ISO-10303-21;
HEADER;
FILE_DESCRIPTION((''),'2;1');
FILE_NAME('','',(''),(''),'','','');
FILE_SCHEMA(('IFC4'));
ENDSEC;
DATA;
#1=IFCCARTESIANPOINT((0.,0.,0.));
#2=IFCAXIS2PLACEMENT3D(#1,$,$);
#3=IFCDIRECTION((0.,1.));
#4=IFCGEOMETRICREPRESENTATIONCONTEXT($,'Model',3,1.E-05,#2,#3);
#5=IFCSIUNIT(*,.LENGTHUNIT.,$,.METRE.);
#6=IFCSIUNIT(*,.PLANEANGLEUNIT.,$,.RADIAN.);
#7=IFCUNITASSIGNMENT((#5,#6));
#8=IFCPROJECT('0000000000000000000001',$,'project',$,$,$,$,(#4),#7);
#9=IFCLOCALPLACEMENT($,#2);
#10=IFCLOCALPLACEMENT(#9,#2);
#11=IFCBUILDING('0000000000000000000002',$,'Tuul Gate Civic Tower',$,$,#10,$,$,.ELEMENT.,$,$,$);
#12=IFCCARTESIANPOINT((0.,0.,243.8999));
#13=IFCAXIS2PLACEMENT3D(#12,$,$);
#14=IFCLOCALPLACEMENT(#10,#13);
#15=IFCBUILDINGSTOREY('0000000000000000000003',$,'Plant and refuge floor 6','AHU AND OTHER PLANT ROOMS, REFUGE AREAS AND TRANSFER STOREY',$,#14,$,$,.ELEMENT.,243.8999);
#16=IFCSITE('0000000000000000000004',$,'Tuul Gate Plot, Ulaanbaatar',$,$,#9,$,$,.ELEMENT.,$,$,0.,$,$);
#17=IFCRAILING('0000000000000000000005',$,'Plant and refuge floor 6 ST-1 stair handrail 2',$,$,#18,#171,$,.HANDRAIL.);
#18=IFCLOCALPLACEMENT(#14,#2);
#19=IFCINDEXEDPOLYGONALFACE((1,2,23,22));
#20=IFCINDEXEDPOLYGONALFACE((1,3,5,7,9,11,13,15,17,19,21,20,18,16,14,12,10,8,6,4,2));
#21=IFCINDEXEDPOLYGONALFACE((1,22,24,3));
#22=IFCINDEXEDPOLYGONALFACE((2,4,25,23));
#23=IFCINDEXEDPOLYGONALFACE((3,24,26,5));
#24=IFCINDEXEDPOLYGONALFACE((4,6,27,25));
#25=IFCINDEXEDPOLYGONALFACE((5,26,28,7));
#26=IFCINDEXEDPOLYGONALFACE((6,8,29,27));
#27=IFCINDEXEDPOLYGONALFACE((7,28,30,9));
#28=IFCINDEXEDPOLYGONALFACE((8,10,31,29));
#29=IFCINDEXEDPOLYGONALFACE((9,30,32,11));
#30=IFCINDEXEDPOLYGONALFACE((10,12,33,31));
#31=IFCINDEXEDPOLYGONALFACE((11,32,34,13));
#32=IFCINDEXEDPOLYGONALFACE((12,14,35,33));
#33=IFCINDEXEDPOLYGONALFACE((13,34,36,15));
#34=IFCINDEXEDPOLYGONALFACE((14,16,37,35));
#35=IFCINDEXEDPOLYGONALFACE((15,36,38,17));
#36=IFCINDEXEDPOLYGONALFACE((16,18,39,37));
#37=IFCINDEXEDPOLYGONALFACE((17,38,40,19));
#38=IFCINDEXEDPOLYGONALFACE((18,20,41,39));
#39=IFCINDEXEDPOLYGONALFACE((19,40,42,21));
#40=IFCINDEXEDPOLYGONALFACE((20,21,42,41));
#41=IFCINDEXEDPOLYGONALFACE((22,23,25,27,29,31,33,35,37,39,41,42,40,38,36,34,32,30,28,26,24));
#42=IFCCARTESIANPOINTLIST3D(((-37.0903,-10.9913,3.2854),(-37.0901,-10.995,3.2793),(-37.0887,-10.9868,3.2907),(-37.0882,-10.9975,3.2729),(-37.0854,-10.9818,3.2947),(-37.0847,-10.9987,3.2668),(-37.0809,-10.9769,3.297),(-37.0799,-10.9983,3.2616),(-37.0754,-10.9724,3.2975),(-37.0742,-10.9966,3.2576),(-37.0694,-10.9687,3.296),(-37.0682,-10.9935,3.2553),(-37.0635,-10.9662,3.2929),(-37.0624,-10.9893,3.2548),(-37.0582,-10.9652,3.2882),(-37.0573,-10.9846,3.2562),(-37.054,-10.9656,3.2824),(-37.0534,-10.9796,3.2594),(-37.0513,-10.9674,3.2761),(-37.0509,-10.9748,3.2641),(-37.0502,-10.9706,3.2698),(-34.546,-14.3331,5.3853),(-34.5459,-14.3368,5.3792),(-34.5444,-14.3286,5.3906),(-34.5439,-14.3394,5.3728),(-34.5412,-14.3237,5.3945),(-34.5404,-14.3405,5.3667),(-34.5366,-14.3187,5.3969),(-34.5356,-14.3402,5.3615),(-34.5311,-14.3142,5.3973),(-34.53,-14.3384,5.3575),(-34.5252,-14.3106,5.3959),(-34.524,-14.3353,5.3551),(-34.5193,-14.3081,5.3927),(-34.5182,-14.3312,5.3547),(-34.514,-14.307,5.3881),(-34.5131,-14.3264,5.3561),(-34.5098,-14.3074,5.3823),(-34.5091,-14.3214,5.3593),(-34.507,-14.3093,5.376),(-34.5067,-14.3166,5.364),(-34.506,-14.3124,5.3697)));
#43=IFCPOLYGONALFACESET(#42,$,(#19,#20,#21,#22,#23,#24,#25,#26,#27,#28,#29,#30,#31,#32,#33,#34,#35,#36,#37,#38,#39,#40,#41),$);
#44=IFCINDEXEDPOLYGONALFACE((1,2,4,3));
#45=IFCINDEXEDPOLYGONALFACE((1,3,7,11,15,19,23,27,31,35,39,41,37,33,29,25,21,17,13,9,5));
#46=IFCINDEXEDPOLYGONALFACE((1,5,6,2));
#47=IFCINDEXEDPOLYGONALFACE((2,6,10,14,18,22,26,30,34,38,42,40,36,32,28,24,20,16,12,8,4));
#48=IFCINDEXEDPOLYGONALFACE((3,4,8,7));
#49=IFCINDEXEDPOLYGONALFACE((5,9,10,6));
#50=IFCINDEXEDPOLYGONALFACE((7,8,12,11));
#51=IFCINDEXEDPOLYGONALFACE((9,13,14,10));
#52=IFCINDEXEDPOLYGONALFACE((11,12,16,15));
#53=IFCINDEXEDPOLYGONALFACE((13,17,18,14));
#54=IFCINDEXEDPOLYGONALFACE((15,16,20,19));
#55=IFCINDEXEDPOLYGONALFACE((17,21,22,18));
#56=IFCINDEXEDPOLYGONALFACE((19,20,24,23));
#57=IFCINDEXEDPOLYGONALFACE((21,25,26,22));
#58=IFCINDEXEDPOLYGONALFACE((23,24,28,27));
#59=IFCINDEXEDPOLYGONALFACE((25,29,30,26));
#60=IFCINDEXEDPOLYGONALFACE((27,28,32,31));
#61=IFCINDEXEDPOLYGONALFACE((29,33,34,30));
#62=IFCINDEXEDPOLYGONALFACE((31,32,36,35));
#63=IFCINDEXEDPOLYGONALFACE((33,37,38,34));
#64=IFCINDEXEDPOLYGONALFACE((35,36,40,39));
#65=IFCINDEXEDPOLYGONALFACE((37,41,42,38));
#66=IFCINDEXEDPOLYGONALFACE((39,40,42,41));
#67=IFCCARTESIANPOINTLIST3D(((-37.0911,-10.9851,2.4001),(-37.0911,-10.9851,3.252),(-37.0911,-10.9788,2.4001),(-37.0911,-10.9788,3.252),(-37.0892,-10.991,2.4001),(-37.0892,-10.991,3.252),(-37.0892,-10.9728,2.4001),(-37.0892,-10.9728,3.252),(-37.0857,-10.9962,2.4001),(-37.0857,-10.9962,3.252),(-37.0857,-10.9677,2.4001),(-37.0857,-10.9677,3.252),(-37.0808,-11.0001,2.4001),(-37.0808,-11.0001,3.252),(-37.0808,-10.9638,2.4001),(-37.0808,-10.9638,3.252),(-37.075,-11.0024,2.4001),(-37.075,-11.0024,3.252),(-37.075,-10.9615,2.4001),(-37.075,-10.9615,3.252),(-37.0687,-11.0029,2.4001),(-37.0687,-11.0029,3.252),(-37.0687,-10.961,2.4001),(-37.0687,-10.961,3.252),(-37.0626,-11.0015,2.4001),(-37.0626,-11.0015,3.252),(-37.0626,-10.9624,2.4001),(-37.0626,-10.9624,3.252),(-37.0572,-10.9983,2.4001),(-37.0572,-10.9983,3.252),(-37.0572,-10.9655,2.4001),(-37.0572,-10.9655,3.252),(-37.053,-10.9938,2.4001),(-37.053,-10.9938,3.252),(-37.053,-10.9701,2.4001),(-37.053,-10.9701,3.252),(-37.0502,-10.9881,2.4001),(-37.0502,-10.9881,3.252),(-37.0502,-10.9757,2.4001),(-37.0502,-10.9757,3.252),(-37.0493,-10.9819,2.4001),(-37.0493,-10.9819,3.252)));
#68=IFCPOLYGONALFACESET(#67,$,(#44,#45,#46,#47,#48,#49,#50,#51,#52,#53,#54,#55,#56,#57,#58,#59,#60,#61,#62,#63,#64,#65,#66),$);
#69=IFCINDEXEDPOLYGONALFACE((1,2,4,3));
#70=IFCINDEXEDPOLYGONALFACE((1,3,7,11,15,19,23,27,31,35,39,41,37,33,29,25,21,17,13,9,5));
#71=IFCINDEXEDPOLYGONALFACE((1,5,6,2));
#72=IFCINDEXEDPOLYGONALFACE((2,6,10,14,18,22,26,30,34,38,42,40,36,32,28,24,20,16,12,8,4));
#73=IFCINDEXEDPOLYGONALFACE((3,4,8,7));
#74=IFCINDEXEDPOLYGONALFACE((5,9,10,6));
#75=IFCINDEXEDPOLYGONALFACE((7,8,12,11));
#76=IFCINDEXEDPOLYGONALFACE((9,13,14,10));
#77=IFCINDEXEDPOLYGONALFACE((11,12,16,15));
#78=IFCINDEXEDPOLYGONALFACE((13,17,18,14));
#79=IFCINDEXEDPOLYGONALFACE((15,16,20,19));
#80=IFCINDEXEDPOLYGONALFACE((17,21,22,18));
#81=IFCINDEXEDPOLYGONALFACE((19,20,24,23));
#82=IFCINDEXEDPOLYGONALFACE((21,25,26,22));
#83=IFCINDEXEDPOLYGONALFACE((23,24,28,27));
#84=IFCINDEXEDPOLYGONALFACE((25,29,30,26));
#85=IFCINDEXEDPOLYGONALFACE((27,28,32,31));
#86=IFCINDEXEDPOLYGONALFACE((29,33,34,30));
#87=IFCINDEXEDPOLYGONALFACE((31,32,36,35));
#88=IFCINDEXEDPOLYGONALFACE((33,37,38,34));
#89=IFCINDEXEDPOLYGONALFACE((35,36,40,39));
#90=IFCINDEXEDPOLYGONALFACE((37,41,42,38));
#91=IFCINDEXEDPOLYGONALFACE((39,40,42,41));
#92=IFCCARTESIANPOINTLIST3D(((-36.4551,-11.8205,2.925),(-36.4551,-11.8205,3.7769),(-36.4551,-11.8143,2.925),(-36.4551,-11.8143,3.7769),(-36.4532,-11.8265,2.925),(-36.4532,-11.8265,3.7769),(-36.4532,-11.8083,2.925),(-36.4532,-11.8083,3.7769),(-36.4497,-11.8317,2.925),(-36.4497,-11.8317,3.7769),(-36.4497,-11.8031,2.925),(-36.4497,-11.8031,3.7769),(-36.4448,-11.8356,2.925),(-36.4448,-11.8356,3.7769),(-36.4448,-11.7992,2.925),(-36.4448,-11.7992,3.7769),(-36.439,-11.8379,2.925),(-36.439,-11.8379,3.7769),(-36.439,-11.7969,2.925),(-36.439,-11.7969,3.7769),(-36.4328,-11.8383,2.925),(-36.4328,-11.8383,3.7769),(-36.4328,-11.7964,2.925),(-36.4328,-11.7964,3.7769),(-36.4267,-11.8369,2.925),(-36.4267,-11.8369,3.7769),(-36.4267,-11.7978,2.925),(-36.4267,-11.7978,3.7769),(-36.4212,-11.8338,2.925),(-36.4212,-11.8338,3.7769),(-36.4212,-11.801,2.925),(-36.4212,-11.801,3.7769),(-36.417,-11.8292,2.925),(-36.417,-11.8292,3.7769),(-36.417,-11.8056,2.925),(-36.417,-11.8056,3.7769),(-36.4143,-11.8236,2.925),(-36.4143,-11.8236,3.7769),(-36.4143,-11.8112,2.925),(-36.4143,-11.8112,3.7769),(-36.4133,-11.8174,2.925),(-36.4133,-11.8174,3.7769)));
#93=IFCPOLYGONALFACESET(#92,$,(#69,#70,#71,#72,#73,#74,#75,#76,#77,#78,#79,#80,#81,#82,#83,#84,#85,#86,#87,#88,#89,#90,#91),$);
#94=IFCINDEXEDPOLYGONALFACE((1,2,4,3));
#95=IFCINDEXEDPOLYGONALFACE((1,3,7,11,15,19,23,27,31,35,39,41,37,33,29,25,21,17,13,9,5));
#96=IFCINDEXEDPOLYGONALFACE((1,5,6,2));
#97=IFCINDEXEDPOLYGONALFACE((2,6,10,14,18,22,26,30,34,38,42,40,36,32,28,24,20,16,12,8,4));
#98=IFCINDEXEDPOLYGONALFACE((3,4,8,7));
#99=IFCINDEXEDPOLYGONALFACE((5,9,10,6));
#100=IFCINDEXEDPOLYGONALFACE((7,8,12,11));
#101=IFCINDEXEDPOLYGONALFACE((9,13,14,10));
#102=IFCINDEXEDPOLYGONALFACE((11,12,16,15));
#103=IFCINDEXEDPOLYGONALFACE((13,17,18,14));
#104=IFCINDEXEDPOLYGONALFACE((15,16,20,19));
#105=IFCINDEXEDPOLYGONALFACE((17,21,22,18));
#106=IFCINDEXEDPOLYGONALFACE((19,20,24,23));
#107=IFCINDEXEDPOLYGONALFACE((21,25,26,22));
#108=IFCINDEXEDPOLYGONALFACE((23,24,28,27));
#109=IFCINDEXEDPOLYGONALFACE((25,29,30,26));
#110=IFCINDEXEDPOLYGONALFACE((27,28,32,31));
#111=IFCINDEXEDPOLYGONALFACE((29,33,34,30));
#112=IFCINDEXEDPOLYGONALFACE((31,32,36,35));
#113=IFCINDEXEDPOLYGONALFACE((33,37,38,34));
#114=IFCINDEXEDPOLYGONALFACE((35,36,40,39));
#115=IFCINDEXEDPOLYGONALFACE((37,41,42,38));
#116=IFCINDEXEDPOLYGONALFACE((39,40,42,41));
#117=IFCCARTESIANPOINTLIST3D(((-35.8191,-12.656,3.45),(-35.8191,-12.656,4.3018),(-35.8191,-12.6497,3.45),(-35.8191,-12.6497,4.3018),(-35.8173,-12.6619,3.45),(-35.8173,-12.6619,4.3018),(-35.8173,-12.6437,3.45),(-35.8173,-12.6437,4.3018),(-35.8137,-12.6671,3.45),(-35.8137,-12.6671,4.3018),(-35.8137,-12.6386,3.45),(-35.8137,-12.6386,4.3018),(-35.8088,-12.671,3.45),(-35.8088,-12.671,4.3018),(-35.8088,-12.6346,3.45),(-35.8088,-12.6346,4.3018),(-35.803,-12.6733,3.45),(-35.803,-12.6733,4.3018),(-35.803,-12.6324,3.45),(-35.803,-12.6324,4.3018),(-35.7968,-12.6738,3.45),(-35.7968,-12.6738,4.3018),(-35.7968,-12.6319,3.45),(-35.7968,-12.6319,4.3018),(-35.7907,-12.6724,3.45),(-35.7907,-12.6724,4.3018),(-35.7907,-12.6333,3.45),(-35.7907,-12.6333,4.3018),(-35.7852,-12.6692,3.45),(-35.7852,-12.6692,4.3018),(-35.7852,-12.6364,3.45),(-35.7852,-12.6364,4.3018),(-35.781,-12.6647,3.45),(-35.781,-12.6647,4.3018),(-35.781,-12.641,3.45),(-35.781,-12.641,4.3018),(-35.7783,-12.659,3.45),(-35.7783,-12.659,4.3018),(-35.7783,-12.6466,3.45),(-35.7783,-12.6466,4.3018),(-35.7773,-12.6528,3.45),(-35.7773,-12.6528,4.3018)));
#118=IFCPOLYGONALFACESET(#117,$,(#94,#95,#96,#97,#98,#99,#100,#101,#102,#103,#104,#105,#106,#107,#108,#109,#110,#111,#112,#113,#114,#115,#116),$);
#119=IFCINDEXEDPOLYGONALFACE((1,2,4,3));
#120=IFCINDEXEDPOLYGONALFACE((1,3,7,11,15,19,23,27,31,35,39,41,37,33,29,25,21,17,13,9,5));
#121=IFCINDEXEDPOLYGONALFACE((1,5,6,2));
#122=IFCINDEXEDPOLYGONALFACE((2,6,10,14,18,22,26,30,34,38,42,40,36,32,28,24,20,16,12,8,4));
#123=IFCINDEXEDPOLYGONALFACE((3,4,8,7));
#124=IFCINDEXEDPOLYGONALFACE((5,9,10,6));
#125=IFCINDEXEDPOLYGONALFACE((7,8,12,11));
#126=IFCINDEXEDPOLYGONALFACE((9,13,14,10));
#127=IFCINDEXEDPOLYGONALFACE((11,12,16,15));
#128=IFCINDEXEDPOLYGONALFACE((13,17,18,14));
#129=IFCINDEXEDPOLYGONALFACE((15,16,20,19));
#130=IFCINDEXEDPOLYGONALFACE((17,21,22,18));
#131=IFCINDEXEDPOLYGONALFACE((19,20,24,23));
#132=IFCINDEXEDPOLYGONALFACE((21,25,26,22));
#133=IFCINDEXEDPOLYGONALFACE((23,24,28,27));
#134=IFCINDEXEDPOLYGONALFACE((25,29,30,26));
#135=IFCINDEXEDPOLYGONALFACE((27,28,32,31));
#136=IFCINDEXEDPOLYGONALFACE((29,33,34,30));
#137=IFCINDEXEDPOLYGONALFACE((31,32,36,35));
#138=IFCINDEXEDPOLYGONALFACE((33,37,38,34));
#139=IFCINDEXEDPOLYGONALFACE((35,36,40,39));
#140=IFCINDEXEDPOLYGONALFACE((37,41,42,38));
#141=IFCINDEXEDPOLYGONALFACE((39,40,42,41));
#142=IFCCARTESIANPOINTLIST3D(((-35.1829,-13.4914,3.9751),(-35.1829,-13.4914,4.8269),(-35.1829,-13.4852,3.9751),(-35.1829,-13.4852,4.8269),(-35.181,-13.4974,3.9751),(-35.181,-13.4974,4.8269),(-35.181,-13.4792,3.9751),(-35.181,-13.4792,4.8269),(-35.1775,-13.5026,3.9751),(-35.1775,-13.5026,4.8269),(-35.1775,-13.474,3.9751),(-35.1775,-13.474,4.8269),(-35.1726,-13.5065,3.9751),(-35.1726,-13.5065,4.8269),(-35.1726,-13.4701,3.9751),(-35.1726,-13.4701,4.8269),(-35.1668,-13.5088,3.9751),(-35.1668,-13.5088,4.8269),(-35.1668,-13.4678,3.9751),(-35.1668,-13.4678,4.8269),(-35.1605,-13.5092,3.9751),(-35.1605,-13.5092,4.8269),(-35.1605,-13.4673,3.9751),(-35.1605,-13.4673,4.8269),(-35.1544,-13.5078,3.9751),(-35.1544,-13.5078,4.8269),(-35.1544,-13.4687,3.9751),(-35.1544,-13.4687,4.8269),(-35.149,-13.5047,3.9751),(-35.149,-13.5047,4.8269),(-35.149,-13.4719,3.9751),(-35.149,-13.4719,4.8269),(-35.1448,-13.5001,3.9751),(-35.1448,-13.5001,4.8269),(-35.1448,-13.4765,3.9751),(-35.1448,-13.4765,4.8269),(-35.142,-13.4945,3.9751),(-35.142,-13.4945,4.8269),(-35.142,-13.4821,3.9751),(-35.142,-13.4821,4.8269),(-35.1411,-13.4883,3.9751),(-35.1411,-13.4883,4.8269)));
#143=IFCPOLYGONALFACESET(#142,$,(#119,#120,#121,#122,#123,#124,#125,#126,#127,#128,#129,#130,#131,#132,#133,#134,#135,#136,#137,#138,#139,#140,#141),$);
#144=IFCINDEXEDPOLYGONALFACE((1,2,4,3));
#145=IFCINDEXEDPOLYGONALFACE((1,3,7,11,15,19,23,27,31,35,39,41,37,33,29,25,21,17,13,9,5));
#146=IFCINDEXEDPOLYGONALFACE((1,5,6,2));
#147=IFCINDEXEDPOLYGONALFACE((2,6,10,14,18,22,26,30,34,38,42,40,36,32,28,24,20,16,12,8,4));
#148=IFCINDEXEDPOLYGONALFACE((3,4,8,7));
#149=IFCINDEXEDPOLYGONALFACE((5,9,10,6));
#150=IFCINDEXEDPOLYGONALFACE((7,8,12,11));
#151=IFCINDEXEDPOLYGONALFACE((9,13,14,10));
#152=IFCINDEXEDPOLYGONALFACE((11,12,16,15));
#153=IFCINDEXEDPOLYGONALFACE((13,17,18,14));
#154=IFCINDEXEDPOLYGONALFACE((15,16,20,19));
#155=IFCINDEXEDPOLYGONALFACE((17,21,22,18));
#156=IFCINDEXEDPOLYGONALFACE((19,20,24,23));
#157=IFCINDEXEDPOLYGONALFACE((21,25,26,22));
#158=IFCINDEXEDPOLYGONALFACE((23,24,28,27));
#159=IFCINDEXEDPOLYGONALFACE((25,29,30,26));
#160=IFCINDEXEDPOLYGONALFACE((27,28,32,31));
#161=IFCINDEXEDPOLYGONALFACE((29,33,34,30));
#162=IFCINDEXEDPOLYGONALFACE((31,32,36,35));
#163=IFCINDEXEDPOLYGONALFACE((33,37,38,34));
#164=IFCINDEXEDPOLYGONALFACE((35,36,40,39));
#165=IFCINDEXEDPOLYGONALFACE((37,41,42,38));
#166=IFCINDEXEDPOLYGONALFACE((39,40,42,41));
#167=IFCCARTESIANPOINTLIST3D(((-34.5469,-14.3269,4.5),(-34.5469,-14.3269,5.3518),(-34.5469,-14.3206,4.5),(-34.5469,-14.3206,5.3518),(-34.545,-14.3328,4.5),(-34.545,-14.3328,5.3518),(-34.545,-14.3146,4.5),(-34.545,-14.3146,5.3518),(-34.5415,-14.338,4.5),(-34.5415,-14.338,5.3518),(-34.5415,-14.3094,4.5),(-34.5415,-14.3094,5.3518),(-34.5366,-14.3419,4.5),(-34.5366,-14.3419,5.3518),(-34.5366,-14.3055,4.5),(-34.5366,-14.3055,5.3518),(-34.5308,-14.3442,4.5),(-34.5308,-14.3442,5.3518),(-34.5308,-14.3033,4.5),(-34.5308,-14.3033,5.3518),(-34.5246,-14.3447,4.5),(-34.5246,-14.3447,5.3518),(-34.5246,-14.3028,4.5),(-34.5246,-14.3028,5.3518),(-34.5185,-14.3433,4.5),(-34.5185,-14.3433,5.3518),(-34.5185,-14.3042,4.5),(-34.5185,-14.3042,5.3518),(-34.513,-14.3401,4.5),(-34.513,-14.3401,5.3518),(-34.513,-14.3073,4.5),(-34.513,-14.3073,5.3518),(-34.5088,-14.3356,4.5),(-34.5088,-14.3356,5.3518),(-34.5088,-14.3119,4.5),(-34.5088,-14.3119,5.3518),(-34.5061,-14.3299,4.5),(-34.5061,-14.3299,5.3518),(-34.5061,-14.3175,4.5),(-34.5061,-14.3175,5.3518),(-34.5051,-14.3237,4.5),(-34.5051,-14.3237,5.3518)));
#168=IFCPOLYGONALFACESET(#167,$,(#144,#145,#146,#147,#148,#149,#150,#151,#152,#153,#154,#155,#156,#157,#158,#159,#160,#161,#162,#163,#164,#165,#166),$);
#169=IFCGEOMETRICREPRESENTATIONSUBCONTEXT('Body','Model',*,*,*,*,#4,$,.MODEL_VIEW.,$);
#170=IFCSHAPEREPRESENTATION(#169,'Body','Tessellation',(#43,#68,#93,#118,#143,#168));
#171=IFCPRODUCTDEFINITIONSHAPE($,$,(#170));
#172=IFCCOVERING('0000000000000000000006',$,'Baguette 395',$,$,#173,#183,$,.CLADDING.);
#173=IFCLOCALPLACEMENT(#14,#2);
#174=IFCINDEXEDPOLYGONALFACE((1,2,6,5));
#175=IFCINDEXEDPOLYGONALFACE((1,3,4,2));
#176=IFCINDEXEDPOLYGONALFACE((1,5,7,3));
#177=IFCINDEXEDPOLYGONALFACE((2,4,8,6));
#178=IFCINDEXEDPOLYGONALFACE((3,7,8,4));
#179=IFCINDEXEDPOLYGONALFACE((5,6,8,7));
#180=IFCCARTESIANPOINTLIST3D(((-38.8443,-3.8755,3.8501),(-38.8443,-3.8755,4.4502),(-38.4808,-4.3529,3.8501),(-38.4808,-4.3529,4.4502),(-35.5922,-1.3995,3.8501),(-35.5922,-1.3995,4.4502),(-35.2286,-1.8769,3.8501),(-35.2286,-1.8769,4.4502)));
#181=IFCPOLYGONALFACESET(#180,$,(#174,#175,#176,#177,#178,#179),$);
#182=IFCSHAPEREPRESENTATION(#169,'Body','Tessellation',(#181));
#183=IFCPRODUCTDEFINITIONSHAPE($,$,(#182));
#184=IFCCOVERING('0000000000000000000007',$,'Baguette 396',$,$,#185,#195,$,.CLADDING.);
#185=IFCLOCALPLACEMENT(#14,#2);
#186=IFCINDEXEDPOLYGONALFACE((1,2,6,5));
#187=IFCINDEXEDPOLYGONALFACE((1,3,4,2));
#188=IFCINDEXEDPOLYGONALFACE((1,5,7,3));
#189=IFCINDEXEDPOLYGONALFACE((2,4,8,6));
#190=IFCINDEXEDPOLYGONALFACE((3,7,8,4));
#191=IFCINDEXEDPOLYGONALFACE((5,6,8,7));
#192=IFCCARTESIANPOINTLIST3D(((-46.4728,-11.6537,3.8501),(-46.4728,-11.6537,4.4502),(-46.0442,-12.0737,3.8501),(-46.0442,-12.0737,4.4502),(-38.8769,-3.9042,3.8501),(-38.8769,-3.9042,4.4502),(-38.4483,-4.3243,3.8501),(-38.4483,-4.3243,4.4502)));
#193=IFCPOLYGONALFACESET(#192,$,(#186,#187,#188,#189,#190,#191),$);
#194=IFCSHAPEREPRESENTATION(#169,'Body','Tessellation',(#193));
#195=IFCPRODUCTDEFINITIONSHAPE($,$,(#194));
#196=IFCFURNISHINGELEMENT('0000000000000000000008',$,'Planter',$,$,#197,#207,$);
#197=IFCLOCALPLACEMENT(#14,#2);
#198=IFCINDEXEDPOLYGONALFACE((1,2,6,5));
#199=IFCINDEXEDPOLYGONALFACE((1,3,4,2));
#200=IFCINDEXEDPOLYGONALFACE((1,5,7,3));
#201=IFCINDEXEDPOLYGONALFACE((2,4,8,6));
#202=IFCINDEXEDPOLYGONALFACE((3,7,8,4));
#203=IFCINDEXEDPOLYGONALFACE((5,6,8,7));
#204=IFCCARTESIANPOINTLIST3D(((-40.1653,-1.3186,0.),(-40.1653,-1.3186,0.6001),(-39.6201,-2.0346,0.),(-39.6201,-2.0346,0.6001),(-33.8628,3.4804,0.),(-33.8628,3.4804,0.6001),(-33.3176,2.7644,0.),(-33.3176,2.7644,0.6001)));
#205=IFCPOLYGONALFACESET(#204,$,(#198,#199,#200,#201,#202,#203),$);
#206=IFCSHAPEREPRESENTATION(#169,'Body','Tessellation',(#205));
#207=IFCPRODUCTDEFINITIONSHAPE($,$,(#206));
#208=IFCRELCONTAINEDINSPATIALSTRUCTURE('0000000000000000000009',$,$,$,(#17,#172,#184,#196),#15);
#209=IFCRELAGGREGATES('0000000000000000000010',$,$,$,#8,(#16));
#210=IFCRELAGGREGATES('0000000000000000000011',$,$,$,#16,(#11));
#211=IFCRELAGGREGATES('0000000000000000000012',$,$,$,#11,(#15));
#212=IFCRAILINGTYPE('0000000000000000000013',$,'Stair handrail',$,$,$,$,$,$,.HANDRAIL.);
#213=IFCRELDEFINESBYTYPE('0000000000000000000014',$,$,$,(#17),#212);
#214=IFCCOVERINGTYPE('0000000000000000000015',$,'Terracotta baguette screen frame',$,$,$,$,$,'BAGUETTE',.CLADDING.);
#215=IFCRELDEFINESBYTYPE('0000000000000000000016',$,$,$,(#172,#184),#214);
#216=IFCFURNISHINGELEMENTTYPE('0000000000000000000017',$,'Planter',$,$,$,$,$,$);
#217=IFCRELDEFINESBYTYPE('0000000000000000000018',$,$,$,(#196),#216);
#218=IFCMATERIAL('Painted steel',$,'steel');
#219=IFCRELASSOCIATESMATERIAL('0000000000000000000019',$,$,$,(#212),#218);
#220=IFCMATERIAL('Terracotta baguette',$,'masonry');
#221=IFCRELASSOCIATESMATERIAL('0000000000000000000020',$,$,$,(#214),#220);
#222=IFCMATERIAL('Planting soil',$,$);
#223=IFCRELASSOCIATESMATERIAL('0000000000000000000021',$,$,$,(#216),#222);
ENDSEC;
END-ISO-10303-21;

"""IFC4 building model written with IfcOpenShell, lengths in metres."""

from ifc_helpers import new_model, si_unit, direction, frame, origin, origin_2d, place, context, subcontext, project, spatial, rectangle, circle, extrude, material, material_profile, profile_set, type_object, element, save


model = new_model("IFC4")

# Units and contexts
model_context = context("Model", 3, precision=1e-05, world=origin(), true_north=direction((0.0, 1.0)))
body_context = subcontext(model_context, "Body", "Model", "MODEL_VIEW")
ifc_project = project(units=[si_unit("LENGTHUNIT", "METRE"), si_unit("PLANEANGLEUNIT", "RADIAN")], contexts=[model_context])

# Site, building, storey
site_placement = place(None, origin())
site = spatial("IfcSite", under=ifc_project, at=site_placement, Name="Tuul Gate Plot, Ulaanbaatar", CompositionType="ELEMENT", RefElevation=0.0)
building_placement = place(site_placement, origin())
building = spatial("IfcBuilding", under=site, at=building_placement, Name="Tuul Gate Civic Tower", CompositionType="ELEMENT")
storey_placement = place(building_placement, frame((0.0, 0.0, 243.8999)))
storey = spatial("IfcBuildingStorey", under=building, at=storey_placement, Name="Plant and refuge floor 6", Description="AHU AND OTHER PLANT ROOMS, REFUGE AREAS AND TRANSFER STOREY", CompositionType="ELEMENT", Elevation=243.8999)

# Railing
ifc_material_1 = material(Name="Painted steel", Category="steel")
railing_type = type_object("IfcRailingType", Name="Stair handrail", PredefinedType="HANDRAIL", material=ifc_material_1)
railing_placement = place(storey_placement, frame((-37.0703, -10.9819, 2.4001)))
element("IfcRailing", 1, at=railing_placement, inside=storey, type_object=railing_type, Name="Plant and refuge floor 6 ST-1 stair handrail 2", PredefinedType="HANDRAIL", context=body_context, shape_type="SweptSolid", body=[
    extrude(circle(Radius=0.0239, at=origin_2d()), frame((0.0, 0.0, 0.876), z_axis=(0.541809, -0.711667, 0.447184), x_axis=(0.795655, 0.605751, 0.0)), (0.0, 0.0, 1.0), 4.6958),
    extrude(circle(Radius=0.021, at=origin_2d()), origin(), (0.0, 0.0, 1.0), 0.8518),
    extrude(circle(Radius=0.021, at=origin_2d()), frame((0.636, -0.8354, 0.5249)), (0.0, 0.0, 1.0), 0.8518),
    extrude(circle(Radius=0.021, at=origin_2d()), frame((1.272, -1.6709, 1.0498)), (0.0, 0.0, 1.0), 0.8518),
    extrude(circle(Radius=0.021, at=origin_2d()), frame((1.9082, -2.5063, 1.575)), (0.0, 0.0, 1.0), 0.8518),
    extrude(circle(Radius=0.021, at=origin_2d()), frame((2.5442, -3.3418, 2.0999)), (0.0, 0.0, 1.0), 0.8518),
])

# Coverings
ifc_material_2 = material(Name="Terracotta baguette", Category="masonry")
ifc_material_profile_1 = material_profile(ifc_material_2, rectangle(XDim=0.6001, YDim=0.6001, at=origin_2d()), Name="Terracotta baguette screen frame")
ifc_profile_set_1 = profile_set([ifc_material_profile_1], Name="Terracotta baguette")
covering_type = type_object("IfcCoveringType", Name="Terracotta baguette screen frame", ElementType="BAGUETTE", PredefinedType="CLADDING", material=ifc_profile_set_1)
covering_1_placement = place(storey_placement, frame((-35.4104, -1.6382, 4.1501), z_axis=(-0.795643, -0.605766, 0.0), x_axis=(0.605766, -0.795643, 0.0)))
element("IfcCovering", 2, at=covering_1_placement, inside=storey, type_object=covering_type, Name="Baguette 395", PredefinedType="CLADDING", context=body_context, shape_type="SweptSolid", body=[
    extrude(rectangle(XDim=0.6001, YDim=0.6001, at=origin_2d()), origin(), (0.0, 0.0, 1.0), 4.0874),
])
covering_2_placement = place(storey_placement, frame((-38.6626, -4.1143, 4.1501), z_axis=(-0.699996, -0.714147, 0.0), x_axis=(0.714147, -0.699996, 0.0)))
element("IfcCovering", 3, at=covering_2_placement, inside=storey, type_object=covering_type, Name="Baguette 396", PredefinedType="CLADDING", context=body_context, shape_type="SweptSolid", body=[
    extrude(rectangle(XDim=0.6001, YDim=0.6001, at=origin_2d()), origin(), (0.0, 0.0, 1.0), 10.8513),
])

# Furnishing element
ifc_material_3 = material(Name="Planting soil")
furnishing_element_type = type_object("IfcFurnishingElementType", Name="Planter", material=ifc_material_3)
furnishing_placement = place(storey_placement, frame((-36.7415, 0.7229, 0.0), z_axis=(0.0, 0.0, 1.0), x_axis=(-0.795607, -0.605813, 0.0)))
element("IfcFurnishingElement", 4, at=furnishing_placement, inside=storey, type_object=furnishing_element_type, Name="Planter", context=body_context, shape_type="SweptSolid", body=[
    extrude(rectangle(XDim=7.9216, YDim=0.8999, at=origin_2d()), origin(), (0.0, 0.0, 1.0), 0.6001),
])

save(model, "model.ifc")
